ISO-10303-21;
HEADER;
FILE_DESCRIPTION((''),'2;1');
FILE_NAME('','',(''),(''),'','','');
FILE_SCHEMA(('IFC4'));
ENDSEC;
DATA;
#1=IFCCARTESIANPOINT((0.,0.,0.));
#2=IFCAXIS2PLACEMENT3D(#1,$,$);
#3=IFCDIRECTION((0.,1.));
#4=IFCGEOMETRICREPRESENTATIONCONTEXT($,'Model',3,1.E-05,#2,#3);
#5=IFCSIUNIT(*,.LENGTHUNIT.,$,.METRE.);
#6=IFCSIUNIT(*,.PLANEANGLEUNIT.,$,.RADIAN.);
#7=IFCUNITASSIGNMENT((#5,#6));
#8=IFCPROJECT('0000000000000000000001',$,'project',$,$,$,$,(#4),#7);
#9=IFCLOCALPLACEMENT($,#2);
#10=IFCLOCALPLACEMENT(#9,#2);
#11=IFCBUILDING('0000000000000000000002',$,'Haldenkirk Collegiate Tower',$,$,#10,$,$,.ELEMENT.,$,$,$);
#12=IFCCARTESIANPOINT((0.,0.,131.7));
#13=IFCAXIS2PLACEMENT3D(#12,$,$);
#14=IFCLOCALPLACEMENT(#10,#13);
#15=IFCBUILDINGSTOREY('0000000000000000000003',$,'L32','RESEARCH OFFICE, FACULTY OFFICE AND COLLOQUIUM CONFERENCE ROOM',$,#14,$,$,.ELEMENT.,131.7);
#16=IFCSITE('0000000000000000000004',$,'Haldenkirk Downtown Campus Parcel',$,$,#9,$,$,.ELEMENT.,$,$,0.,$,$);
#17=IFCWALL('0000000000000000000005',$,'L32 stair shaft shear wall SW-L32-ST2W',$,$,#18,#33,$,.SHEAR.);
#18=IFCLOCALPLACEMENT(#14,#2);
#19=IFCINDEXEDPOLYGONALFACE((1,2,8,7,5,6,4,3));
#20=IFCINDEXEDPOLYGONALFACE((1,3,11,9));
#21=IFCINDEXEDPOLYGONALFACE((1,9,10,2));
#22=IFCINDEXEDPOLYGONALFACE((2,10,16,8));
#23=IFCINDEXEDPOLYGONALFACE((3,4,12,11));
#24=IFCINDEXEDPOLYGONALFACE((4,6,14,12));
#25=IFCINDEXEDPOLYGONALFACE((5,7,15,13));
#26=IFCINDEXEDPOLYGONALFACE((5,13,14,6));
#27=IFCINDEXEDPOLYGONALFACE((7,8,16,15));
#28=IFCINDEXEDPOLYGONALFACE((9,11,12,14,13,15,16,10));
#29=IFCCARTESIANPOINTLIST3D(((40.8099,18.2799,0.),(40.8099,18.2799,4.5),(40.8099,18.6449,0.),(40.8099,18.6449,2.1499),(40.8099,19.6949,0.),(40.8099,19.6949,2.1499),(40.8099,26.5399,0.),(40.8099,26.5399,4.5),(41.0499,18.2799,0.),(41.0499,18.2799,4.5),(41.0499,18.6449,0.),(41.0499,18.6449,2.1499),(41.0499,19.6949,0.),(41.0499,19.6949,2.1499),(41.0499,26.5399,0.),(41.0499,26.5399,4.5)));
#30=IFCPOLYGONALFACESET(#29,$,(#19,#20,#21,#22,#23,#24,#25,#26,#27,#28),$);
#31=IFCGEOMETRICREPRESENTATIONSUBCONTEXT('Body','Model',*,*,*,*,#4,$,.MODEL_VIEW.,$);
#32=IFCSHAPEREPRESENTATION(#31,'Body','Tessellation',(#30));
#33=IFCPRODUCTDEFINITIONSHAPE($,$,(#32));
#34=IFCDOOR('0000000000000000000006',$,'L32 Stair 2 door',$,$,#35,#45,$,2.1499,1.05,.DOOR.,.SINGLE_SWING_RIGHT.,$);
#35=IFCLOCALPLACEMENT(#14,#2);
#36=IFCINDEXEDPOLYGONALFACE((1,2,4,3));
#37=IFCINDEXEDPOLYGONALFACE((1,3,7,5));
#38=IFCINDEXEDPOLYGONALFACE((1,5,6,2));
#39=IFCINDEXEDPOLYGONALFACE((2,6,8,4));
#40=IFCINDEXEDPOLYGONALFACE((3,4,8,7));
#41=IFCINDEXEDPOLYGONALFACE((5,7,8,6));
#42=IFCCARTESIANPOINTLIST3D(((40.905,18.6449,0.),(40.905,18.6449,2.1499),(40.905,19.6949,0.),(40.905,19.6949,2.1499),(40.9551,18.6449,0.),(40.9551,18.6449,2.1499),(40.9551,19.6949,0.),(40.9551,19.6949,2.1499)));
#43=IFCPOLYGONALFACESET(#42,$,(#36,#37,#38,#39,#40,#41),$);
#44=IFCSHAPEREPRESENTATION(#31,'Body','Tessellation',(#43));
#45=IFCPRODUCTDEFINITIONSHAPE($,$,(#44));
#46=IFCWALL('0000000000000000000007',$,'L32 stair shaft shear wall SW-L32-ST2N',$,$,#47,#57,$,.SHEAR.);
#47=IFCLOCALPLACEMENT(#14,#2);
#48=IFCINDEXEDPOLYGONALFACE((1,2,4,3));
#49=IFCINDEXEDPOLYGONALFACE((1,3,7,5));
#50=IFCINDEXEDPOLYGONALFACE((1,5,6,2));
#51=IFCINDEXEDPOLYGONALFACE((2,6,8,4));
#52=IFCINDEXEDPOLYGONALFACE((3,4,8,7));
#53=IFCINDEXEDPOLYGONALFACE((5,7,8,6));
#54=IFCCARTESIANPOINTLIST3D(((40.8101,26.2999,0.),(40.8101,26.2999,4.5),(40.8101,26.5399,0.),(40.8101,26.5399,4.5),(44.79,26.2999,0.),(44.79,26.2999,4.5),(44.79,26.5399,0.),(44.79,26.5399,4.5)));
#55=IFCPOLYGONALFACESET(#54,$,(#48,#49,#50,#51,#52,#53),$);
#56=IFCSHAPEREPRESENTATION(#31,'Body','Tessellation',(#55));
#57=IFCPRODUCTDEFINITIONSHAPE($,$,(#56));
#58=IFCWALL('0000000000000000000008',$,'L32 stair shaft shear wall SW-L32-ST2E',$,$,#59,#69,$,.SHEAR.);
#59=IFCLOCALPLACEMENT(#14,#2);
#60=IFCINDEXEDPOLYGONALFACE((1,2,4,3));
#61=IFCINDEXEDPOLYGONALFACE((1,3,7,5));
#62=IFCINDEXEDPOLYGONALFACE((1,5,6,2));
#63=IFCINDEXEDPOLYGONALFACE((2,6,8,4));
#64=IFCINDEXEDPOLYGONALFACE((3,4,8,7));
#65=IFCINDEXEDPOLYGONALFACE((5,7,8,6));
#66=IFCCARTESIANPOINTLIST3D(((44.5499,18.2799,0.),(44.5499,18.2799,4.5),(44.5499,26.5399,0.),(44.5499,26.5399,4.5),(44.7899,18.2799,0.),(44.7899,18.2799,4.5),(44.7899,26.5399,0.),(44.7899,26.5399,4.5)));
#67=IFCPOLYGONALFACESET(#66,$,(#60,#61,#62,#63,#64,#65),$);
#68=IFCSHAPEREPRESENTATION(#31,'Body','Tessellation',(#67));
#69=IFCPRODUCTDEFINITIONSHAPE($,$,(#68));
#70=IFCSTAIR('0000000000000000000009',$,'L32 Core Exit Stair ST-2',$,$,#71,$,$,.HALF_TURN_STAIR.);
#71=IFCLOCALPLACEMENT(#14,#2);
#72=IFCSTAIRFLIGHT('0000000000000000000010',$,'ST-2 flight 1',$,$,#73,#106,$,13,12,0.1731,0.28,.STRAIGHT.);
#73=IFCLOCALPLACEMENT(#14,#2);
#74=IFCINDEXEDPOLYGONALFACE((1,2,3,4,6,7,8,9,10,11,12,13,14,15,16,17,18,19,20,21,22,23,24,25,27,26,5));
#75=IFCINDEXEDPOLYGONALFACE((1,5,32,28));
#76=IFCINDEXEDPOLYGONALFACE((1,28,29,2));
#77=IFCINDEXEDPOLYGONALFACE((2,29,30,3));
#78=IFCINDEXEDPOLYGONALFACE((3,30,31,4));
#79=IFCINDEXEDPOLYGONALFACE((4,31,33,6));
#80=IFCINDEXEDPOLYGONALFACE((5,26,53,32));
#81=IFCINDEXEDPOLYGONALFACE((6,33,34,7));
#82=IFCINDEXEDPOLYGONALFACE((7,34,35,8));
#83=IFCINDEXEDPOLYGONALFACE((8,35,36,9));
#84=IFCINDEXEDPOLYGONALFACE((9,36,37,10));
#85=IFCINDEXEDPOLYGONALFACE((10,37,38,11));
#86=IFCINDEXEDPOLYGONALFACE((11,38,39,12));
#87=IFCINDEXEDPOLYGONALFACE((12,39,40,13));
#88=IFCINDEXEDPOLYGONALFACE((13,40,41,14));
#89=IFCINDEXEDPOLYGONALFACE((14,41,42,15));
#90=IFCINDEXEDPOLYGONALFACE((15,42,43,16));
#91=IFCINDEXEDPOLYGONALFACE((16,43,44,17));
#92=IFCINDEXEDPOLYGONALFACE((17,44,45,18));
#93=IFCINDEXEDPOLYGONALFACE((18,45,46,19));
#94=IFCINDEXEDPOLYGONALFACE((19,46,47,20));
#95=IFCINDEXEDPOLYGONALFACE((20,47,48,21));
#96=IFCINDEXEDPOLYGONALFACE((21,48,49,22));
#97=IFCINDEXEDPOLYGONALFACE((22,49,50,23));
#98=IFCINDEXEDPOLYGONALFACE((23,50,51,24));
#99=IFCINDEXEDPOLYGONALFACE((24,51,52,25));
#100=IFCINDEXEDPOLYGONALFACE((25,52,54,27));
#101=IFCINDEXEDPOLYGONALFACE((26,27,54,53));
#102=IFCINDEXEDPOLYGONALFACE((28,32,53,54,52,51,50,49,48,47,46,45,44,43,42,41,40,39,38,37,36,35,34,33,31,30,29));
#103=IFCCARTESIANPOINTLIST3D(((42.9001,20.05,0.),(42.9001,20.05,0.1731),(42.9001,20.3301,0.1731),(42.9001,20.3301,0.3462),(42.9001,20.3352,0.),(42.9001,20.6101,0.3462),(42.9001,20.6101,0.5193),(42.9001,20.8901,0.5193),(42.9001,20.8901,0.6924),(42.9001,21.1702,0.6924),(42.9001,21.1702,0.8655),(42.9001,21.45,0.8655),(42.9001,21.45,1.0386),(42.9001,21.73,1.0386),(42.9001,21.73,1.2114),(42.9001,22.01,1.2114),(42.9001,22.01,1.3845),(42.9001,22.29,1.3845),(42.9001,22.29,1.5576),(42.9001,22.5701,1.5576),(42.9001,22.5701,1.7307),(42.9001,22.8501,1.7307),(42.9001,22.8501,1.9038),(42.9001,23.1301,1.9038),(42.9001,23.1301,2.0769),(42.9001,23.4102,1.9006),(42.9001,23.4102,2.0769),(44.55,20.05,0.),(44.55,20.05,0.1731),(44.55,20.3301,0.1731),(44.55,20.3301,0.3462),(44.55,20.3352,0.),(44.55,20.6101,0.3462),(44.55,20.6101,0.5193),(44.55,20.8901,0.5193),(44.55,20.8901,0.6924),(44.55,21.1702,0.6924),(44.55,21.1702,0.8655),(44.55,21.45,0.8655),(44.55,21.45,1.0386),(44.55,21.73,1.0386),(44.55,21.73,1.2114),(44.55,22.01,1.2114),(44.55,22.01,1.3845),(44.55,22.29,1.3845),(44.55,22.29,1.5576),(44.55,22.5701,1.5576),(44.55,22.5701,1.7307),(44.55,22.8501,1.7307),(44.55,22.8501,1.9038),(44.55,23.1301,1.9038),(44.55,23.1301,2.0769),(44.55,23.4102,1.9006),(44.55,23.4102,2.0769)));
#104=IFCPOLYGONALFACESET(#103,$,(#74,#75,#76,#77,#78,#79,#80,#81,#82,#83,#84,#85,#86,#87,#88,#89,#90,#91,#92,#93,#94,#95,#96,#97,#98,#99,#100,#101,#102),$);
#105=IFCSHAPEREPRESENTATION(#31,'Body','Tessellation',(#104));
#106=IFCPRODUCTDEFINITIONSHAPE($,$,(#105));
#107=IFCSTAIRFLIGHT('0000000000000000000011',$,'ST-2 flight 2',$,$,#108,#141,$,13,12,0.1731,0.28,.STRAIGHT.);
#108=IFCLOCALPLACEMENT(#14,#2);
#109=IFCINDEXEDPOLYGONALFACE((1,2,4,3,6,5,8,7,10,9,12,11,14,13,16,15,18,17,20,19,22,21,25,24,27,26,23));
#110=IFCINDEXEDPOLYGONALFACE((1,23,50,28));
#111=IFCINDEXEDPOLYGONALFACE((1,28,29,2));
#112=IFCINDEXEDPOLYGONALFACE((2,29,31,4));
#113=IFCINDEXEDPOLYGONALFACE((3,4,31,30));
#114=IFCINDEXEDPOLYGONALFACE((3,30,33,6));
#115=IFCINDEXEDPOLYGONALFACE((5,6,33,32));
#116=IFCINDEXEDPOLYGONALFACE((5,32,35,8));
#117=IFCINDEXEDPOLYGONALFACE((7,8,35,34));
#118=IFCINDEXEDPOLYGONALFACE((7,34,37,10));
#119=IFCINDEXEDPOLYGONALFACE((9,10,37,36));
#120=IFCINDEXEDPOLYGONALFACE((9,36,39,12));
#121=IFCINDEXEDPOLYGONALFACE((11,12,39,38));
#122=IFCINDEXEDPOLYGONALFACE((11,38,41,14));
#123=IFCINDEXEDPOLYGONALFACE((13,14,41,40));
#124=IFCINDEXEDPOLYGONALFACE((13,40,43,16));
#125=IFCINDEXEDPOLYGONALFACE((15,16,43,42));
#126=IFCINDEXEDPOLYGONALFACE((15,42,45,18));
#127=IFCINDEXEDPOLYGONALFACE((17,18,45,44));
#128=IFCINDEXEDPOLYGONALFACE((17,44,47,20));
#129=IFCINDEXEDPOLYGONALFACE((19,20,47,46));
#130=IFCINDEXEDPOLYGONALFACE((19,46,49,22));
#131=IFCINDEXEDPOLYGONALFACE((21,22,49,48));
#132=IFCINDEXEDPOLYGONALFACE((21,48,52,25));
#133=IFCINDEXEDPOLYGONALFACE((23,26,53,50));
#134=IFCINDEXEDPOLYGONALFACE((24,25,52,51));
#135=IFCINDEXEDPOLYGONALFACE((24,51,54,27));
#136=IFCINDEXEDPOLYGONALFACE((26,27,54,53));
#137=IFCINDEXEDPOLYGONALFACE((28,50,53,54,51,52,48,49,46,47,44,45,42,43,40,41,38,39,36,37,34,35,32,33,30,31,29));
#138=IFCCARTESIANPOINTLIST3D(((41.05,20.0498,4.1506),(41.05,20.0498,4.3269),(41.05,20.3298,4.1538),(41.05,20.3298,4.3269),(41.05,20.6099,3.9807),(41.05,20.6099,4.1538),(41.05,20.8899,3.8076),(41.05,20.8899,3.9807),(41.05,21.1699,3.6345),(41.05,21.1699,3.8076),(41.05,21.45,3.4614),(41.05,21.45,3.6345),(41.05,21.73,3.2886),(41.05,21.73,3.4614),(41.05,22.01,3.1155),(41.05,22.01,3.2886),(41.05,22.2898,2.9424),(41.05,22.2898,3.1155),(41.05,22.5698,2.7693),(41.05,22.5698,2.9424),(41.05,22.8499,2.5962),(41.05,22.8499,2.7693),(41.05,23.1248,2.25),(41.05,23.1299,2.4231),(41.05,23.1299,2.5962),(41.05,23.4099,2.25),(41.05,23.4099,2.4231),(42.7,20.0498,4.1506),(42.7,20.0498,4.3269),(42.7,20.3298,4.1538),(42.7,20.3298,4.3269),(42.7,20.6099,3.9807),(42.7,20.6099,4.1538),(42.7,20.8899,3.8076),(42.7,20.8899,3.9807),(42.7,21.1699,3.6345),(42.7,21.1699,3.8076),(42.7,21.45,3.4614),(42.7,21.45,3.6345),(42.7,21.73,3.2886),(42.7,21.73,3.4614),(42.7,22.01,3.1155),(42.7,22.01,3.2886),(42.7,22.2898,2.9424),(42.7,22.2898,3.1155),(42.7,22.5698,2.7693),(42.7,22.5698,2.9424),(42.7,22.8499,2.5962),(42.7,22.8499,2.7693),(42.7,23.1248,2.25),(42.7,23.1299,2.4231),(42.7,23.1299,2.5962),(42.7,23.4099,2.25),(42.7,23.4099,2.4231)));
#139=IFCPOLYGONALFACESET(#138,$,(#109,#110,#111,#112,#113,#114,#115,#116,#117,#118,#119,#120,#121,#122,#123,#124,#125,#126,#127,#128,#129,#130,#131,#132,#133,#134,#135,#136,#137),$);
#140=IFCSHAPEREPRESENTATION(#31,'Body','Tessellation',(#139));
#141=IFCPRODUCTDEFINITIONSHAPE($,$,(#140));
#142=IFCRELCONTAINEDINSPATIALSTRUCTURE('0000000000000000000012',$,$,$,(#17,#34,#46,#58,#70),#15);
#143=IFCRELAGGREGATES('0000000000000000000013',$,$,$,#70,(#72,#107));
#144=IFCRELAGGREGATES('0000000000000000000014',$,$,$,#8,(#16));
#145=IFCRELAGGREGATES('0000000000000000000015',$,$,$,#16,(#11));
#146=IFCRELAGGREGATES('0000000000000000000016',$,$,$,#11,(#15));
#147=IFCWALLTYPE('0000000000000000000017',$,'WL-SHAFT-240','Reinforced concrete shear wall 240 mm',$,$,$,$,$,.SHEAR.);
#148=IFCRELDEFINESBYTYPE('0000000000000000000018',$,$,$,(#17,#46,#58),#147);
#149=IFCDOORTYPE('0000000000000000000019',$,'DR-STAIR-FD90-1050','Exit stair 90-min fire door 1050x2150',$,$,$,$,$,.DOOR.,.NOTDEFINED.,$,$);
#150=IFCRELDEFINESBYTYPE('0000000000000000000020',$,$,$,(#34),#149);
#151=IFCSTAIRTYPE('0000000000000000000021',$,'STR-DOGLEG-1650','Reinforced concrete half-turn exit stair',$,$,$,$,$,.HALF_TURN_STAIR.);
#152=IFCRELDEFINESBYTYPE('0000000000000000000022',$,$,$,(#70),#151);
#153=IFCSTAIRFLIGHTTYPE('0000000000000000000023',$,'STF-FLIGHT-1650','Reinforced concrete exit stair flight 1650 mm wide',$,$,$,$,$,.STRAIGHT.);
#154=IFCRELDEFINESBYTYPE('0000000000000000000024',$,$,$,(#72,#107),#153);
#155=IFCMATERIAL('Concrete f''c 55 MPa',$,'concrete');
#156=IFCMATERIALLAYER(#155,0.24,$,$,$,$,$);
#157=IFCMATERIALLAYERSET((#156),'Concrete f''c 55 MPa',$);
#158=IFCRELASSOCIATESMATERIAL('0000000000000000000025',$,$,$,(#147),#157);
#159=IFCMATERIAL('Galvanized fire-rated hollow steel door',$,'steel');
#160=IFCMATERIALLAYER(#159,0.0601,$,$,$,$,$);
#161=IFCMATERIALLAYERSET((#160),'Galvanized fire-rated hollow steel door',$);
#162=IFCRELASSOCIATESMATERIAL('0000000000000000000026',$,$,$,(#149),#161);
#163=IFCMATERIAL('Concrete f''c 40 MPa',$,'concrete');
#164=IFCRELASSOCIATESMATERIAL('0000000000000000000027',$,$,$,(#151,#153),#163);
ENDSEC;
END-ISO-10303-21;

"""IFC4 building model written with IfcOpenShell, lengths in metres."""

from ifc_helpers import new_model, si_unit, direction, frame, frame_2d, origin, place, context, subcontext, project, spatial, polyline, rectangle, outline, extrude, material, layer, layer_set, type_object, element, fill, aggregate, save


model = new_model("IFC4")

# Units and contexts
model_context = context("Model", 3, precision=1e-05, world=origin(), true_north=direction((0.0, 1.0)))
body_context = subcontext(model_context, "Body", "Model", "MODEL_VIEW")
ifc_project = project(units=[si_unit("LENGTHUNIT", "METRE"), si_unit("PLANEANGLEUNIT", "RADIAN")], contexts=[model_context])

# Site, building, storey
site_placement = place(None, origin())
site = spatial("IfcSite", under=ifc_project, at=site_placement, Name="Haldenkirk Downtown Campus Parcel", CompositionType="ELEMENT", RefElevation=0.0)
building_placement = place(site_placement, origin())
building = spatial("IfcBuilding", under=site, at=building_placement, Name="Haldenkirk Collegiate Tower", CompositionType="ELEMENT")
storey_placement = place(building_placement, frame((0.0, 0.0, 131.7)))
storey = spatial("IfcBuildingStorey", under=building, at=storey_placement, Name="L32", Description="RESEARCH OFFICE, FACULTY OFFICE AND COLLOQUIUM CONFERENCE ROOM", CompositionType="ELEMENT", Elevation=131.7)

# Wall, opening, door
ifc_material_1 = material(Name="Concrete f'c 55 MPa", Category="concrete")
ifc_layer_1 = layer(ifc_material_1, 0.24)
ifc_layer_set_1 = layer_set([ifc_layer_1], Name="Concrete f'c 55 MPa")
wall_type_1 = type_object("IfcWallType", Name="WL-SHAFT-240", Description="Reinforced concrete shear wall 240 mm", PredefinedType="SHEAR", material=ifc_layer_set_1)
wall_1_placement = place(storey_placement, frame((40.9299, 18.28, 0.0), z_axis=(0.0, 0.0, 1.0), x_axis=(0.0, 1.0, 0.0)))
wall_1 = element("IfcWall", 1, at=wall_1_placement, inside=storey, type_object=wall_type_1, Name="L32 stair shaft shear wall SW-L32-ST2W", PredefinedType="SHEAR", context=body_context, shape_type="SweptSolid", body=[
    extrude(rectangle(XDim=8.26, YDim=0.24, at=frame_2d((4.1299, 0.0))), origin(), (0.0, 0.0, 1.0), 4.5),
])
opening_1_placement = place(wall_1_placement, frame((0.365, 0.0, 0.0)))
opening_1 = element("IfcOpeningElement", 2, at=opening_1_placement, cuts=wall_1, PredefinedType="OPENING", context=body_context, shape_type="SweptSolid", body=[
    extrude(rectangle(XDim=1.05, YDim=2.1499, at=frame_2d((0.5249, 1.075))), frame((0.0, 0.1299, 0.0), z_axis=(0.0, -1.0, 0.0), x_axis=(1.0, 0.0, 0.0)), (0.0, 0.0, 1.0), 0.26),
])
ifc_material_2 = material(Name="Galvanized fire-rated hollow steel door", Category="steel")
ifc_layer_2 = layer(ifc_material_2, 0.0601)
ifc_layer_set_2 = layer_set([ifc_layer_2], Name="Galvanized fire-rated hollow steel door")
door_type_1 = type_object("IfcDoorType", Name="DR-STAIR-FD90-1050", Description="Exit stair 90-min fire door 1050x2150", OperationType="NOTDEFINED", PredefinedType="DOOR", material=ifc_layer_set_2)
door_1_placement = place(opening_1_placement, origin())
door_1 = element("IfcDoor", 3, at=door_1_placement, inside=storey, type_object=door_type_1, Name="L32 Stair 2 door", OperationType="SINGLE_SWING_RIGHT", OverallHeight=2.1499, OverallWidth=1.05, PredefinedType="DOOR", context=body_context, shape_type="SweptSolid", body=[
    extrude(rectangle(XDim=1.05, YDim=2.1499, at=frame_2d((0.5249, 1.075))), frame((0.0, 0.0249, 0.0), z_axis=(0.0, -1.0, 0.0), x_axis=(1.0, 0.0, 0.0)), (0.0, 0.0, 1.0), 0.05),
])
fill(opening_1, door_1)

# Walls
wall_2_placement = place(storey_placement, frame((40.8101, 26.4199, 0.0), z_axis=(0.0, 0.0, 1.0), x_axis=(1.0, 0.0, 0.0)))
element("IfcWall", 4, at=wall_2_placement, inside=storey, type_object=wall_type_1, Name="L32 stair shaft shear wall SW-L32-ST2N", PredefinedType="SHEAR", context=body_context, shape_type="SweptSolid", body=[
    extrude(rectangle(XDim=3.98, YDim=0.24, at=frame_2d((1.99, 0.0))), origin(), (0.0, 0.0, 1.0), 4.5),
])
wall_3_placement = place(storey_placement, frame((44.6699, 18.28, 0.0), z_axis=(0.0, 0.0, 1.0), x_axis=(0.0, 1.0, 0.0)))
element("IfcWall", 5, at=wall_3_placement, inside=storey, type_object=wall_type_1, Name="L32 stair shaft shear wall SW-L32-ST2E", PredefinedType="SHEAR", context=body_context, shape_type="SweptSolid", body=[
    extrude(rectangle(XDim=8.26, YDim=0.24, at=frame_2d((4.1299, 0.0))), origin(), (0.0, 0.0, 1.0), 4.5),
])

# Stair, stair flights
ifc_material_3 = material(Name="Concrete f'c 40 MPa", Category="concrete")
stair_type = type_object("IfcStairType", Name="STR-DOGLEG-1650", Description="Reinforced concrete half-turn exit stair", PredefinedType="HALF_TURN_STAIR", material=ifc_material_3)
stair_placement = place(storey_placement, origin())
stair = element("IfcStair", 6, at=stair_placement, inside=storey, type_object=stair_type, Name="L32 Core Exit Stair ST-2", PredefinedType="HALF_TURN_STAIR")
stair_flight_type = type_object("IfcStairFlightType", Name="STF-FLIGHT-1650", Description="Reinforced concrete exit stair flight 1650 mm wide", PredefinedType="STRAIGHT", material=ifc_material_3)
stair_flight_1_placement = place(storey_placement, frame((43.7251, 20.05, 0.0), z_axis=(0.0, 0.0, 1.0), x_axis=(0.0, 1.0, 0.0)))
stair_flight_1 = element("IfcStairFlight", 7, at=stair_flight_1_placement, type_object=stair_flight_type, Name="ST-2 flight 1", NumberOfRisers=13, NumberOfTreads=12, PredefinedType="STRAIGHT", RiserHeight=0.1731, TreadLength=0.28, context=body_context, shape_type="SweptSolid", body=[
    extrude(outline(polyline([(0.0, 0.0), (0.0, 0.1731), (0.28, 0.1731), (0.28, 0.3462), (0.5601, 0.3462), (0.5601, 0.5193), (0.8401, 0.5193), (0.8401, 0.6924), (1.1201, 0.6924), (1.1201, 0.8655), (1.3999, 0.8655), (1.3999, 1.0386), (1.6799, 1.0386), (1.6799, 1.2114), (1.96, 1.2114), (1.96, 1.3845), (2.24, 1.3845), (2.24, 1.5576), (2.52, 1.5576), (2.52, 1.7307), (2.8, 1.7307), (2.8, 1.9038), (3.0801, 1.9038), (3.0801, 2.0769), (3.3601, 2.0769), (3.3601, 2.25), (3.3601, 1.9006), (0.2852, 0.0), (0.0, 0.0)])), frame((0.0, 0.825, 0.0), z_axis=(0.0, -1.0, 0.0), x_axis=(1.0, 0.0, 0.0)), (0.0, 0.0, 1.0), 1.6499),
])
stair_flight_2_placement = place(storey_placement, frame((41.875, 23.4099, 2.25), z_axis=(0.0, 0.0, 1.0), x_axis=(0.0, -1.0, 0.0)))
stair_flight_2 = element("IfcStairFlight", 8, at=stair_flight_2_placement, type_object=stair_flight_type, Name="ST-2 flight 2", NumberOfRisers=13, NumberOfTreads=12, PredefinedType="STRAIGHT", RiserHeight=0.1731, TreadLength=0.28, context=body_context, shape_type="SweptSolid", body=[
    extrude(outline(polyline([(0.0, 0.0), (0.0, 0.1731), (0.28, 0.1731), (0.28, 0.3462), (0.5601, 0.3462), (0.5601, 0.5193), (0.8401, 0.5193), (0.8401, 0.6924), (1.1201, 0.6924), (1.1201, 0.8655), (1.3999, 0.8655), (1.3999, 1.0386), (1.6799, 1.0386), (1.6799, 1.2114), (1.96, 1.2114), (1.96, 1.3845), (2.24, 1.3845), (2.24, 1.5576), (2.52, 1.5576), (2.52, 1.7307), (2.8, 1.7307), (2.8, 1.9038), (3.0801, 1.9038), (3.0801, 2.0769), (3.3601, 2.0769), (3.3601, 2.25), (3.3601, 1.9006), (0.2852, 0.0), (0.0, 0.0)])), frame((0.0, 0.825, 0.0), z_axis=(0.0, -1.0, 0.0), x_axis=(1.0, 0.0, 0.0)), (0.0, 0.0, 1.0), 1.6499),
])
aggregate(stair, [stair_flight_1, stair_flight_2])

save(model, "model.ifc")
